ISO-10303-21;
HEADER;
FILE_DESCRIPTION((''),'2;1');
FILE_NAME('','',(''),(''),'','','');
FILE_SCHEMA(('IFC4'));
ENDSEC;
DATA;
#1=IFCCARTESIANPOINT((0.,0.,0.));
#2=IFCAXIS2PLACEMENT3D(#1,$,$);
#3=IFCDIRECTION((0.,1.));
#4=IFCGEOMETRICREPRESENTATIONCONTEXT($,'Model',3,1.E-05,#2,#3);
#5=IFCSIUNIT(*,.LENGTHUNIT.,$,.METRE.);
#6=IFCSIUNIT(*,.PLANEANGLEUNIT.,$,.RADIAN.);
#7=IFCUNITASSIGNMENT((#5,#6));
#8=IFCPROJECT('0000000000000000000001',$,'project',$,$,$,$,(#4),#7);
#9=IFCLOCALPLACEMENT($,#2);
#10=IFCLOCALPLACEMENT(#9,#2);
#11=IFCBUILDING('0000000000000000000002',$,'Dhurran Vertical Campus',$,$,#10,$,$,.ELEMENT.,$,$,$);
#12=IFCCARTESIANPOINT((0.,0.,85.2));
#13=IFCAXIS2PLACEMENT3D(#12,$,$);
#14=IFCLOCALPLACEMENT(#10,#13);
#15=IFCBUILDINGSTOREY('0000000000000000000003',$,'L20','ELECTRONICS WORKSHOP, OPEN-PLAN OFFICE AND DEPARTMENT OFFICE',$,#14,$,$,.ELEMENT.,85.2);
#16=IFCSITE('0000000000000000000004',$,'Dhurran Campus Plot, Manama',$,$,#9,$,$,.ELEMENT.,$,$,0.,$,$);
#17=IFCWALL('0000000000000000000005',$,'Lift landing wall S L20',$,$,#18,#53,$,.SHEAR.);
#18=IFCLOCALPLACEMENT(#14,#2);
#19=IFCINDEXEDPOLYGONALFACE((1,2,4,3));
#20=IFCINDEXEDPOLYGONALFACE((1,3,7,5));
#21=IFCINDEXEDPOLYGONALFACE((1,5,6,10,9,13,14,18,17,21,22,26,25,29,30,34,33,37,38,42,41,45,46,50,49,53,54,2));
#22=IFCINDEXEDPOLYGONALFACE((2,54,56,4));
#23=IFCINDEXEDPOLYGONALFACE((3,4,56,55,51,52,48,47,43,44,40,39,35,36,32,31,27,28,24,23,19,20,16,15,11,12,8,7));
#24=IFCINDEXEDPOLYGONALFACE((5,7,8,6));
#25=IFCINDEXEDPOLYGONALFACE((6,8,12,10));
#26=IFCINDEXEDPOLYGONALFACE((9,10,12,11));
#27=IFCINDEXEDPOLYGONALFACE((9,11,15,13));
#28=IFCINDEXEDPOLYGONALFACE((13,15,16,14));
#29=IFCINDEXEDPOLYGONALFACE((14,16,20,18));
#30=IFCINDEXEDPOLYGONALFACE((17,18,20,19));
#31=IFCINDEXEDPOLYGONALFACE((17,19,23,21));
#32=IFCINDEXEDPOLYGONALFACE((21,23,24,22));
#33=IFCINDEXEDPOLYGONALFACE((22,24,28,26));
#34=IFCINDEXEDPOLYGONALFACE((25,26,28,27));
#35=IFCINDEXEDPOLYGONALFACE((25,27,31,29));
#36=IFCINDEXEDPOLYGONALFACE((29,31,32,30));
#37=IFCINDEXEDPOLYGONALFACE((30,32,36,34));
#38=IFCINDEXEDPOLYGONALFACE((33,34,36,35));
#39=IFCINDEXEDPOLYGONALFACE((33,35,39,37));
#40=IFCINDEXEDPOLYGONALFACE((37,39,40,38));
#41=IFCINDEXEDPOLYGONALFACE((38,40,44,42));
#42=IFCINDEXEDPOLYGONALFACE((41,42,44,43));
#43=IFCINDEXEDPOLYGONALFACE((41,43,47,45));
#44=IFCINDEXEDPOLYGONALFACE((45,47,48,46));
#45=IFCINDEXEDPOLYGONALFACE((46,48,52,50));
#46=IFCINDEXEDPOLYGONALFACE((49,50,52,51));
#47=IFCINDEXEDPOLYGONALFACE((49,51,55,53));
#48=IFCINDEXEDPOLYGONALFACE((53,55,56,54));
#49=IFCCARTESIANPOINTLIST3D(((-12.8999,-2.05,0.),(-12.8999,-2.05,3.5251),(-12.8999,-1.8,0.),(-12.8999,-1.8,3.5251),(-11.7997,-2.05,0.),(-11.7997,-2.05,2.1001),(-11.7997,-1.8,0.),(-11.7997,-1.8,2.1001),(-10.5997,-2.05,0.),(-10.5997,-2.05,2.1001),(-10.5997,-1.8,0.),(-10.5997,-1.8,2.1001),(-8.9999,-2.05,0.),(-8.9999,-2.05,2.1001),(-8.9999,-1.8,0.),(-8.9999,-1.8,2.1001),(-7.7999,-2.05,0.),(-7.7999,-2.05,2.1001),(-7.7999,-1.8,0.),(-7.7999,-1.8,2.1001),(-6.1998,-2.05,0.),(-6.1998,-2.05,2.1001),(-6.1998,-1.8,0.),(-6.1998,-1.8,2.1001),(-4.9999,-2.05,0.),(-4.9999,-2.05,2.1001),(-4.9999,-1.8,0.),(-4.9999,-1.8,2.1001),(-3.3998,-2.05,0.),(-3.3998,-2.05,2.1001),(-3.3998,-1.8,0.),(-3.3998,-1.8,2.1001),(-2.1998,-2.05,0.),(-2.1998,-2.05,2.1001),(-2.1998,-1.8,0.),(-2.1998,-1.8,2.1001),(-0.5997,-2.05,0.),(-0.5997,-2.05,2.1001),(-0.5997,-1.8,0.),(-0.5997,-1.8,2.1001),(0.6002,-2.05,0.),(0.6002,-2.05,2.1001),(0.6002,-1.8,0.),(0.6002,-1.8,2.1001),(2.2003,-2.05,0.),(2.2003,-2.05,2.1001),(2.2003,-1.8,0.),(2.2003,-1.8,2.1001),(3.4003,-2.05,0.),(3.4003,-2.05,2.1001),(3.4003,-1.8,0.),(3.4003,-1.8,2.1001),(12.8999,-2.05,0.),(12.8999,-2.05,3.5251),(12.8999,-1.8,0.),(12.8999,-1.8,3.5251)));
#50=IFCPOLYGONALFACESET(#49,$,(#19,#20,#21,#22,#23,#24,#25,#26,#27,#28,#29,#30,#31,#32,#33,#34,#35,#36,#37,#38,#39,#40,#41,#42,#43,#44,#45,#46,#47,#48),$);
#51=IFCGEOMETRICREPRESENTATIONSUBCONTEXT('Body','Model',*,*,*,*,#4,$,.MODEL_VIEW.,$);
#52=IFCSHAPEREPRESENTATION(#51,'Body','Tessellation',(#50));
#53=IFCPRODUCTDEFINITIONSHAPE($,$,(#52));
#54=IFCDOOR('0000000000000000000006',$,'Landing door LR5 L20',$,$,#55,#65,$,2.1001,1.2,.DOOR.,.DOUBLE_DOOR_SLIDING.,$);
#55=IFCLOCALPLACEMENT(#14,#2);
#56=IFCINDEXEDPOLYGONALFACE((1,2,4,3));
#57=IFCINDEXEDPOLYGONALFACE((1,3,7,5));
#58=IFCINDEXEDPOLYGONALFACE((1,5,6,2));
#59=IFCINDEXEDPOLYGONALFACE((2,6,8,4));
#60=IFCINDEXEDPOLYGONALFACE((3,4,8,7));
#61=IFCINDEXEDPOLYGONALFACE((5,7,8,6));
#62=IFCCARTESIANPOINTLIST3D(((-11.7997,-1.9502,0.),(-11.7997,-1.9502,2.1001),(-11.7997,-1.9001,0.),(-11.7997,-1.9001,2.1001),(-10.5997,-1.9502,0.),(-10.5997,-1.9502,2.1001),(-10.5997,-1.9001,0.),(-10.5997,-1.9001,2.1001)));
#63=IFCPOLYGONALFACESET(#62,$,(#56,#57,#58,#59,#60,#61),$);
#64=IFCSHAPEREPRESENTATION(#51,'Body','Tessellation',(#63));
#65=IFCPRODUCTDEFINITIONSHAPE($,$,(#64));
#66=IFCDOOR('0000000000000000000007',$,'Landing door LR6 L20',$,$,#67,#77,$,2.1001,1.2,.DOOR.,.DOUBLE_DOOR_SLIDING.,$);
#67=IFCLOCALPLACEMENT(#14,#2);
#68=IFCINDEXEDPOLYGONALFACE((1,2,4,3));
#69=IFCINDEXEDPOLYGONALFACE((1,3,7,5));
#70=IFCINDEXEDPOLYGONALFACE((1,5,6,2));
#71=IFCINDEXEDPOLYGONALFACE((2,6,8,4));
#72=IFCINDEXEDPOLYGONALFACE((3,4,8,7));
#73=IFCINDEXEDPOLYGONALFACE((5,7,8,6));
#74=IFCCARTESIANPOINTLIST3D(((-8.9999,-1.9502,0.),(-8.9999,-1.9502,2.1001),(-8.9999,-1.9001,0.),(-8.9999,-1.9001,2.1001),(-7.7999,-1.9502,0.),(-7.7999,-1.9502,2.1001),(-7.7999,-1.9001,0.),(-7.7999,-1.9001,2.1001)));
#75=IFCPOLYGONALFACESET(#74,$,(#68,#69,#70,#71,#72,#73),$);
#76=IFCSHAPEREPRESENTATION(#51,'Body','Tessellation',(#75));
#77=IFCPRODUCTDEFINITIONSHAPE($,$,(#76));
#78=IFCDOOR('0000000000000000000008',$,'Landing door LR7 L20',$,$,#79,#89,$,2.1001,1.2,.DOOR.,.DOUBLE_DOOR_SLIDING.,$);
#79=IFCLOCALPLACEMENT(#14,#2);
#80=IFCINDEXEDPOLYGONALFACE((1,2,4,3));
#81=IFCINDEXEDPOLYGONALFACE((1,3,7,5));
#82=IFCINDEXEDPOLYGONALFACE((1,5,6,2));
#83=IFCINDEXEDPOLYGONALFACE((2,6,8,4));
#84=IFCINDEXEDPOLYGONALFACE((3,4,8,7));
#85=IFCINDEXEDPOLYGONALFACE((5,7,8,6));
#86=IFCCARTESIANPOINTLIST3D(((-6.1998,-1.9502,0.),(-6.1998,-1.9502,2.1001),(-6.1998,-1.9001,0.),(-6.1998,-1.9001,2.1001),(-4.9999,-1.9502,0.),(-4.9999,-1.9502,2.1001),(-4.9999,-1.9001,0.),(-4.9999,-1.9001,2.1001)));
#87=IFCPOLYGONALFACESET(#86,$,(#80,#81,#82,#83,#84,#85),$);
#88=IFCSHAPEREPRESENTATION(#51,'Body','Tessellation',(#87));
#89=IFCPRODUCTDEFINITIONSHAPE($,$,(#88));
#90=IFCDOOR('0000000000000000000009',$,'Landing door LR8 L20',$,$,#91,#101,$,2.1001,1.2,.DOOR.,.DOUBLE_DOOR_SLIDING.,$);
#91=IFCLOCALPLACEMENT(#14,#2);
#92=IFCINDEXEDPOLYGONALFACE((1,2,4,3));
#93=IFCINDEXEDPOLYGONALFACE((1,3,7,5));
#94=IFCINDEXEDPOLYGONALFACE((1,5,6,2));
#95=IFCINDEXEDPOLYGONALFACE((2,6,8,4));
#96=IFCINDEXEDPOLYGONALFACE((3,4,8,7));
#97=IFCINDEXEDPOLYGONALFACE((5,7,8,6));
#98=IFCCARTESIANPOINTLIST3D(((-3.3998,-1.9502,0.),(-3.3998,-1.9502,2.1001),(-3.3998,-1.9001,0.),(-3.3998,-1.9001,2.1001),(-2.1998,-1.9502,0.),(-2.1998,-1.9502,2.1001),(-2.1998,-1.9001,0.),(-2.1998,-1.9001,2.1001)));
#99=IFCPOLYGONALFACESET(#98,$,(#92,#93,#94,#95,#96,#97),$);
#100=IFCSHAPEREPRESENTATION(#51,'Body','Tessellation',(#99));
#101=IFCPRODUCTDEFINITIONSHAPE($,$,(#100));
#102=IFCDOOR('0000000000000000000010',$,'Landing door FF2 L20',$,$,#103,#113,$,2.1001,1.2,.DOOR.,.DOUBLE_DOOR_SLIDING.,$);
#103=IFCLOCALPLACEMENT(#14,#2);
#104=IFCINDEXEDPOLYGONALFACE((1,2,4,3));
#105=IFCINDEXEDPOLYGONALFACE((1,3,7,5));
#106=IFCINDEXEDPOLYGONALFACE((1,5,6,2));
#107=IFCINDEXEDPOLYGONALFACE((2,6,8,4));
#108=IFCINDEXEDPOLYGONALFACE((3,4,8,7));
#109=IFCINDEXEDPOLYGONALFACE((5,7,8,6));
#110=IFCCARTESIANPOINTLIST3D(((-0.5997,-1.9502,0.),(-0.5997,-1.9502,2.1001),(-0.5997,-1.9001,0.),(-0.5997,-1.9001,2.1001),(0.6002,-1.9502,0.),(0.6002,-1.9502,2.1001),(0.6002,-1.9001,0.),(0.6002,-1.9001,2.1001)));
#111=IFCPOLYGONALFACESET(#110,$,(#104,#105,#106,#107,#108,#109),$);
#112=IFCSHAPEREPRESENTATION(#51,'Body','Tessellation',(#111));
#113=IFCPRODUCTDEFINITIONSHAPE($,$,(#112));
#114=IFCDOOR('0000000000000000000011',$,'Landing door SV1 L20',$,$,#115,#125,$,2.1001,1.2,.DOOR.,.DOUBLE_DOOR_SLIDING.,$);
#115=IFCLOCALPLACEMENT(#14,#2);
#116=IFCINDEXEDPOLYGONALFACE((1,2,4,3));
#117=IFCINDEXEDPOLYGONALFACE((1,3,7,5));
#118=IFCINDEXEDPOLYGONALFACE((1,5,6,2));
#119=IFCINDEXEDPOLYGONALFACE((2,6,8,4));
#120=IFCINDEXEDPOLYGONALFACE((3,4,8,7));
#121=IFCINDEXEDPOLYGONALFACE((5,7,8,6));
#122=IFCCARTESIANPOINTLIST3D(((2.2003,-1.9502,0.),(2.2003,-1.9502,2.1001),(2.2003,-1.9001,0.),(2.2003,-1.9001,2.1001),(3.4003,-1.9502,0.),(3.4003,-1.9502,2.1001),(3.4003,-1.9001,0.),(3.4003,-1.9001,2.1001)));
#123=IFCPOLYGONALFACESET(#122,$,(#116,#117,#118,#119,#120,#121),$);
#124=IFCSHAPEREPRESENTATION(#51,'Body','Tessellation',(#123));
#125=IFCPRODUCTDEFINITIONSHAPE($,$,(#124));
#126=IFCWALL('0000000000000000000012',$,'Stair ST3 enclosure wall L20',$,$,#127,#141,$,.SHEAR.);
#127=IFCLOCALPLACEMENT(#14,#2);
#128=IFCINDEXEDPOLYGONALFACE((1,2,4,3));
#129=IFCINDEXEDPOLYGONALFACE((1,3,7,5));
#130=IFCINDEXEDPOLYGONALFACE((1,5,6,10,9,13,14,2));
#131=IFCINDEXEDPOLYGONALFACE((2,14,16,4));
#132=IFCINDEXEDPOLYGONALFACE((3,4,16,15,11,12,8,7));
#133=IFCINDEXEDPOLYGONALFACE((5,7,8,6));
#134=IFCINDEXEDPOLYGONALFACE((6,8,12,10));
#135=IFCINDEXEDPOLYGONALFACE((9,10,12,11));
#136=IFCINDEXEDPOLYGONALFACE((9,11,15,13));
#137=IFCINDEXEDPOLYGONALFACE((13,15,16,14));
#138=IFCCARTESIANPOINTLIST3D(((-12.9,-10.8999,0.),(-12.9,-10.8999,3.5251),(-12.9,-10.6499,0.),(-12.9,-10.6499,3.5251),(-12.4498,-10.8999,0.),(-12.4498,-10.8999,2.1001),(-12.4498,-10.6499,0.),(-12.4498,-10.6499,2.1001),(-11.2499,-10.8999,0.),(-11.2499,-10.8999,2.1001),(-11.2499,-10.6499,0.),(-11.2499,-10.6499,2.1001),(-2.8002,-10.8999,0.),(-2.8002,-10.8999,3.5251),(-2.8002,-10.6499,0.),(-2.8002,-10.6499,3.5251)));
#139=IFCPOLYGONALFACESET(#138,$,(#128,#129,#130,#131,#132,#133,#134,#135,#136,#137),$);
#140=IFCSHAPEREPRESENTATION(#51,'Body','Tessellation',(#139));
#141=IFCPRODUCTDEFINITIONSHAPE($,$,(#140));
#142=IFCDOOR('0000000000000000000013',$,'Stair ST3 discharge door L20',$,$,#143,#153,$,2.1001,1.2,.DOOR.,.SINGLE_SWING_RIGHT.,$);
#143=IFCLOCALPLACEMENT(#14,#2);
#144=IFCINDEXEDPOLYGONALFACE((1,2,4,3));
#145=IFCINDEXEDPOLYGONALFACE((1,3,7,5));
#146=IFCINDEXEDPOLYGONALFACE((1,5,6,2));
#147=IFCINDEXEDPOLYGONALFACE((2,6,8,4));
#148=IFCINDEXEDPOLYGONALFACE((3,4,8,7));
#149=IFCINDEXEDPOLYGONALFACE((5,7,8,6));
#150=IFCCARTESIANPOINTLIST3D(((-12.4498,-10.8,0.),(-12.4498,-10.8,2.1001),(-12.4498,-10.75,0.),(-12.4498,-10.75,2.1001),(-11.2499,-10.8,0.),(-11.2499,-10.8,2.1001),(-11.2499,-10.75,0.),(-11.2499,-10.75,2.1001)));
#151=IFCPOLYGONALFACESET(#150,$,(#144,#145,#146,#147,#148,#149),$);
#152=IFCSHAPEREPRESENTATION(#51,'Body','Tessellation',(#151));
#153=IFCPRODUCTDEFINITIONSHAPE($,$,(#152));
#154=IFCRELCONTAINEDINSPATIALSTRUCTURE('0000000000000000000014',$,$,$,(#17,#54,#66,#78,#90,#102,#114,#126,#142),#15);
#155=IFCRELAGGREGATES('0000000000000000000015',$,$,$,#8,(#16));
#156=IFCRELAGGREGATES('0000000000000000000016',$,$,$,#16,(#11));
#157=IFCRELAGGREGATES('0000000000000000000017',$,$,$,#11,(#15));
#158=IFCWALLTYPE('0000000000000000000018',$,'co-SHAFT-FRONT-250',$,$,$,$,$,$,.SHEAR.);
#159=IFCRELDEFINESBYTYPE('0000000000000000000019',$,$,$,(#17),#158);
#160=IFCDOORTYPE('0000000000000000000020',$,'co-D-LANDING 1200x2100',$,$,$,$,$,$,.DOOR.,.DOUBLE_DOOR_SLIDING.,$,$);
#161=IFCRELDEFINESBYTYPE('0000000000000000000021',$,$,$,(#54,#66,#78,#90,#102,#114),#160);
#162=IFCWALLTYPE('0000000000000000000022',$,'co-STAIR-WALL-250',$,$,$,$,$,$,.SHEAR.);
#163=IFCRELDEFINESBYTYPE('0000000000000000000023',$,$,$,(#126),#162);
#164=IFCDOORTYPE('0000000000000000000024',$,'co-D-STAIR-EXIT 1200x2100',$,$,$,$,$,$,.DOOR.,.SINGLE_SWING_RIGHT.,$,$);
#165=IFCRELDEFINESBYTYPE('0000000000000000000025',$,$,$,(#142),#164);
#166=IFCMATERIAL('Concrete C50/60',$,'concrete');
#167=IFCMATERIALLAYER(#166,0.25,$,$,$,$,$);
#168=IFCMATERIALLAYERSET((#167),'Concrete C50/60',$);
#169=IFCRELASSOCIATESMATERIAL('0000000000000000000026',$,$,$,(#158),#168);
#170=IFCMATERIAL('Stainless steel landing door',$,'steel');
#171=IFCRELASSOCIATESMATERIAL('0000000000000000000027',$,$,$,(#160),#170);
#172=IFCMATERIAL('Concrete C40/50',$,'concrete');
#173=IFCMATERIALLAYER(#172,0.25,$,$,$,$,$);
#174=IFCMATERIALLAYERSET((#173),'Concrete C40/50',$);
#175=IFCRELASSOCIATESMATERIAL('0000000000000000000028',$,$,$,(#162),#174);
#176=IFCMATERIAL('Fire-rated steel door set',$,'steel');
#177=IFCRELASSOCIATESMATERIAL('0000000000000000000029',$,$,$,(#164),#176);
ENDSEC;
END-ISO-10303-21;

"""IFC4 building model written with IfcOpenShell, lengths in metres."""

from ifc_helpers import new_model, si_unit, direction, frame, frame_2d, origin, place, context, subcontext, project, spatial, rectangle, extrude, material, layer, layer_set, type_object, element, fill, save


model = new_model("IFC4")

# Units and contexts
model_context = context("Model", 3, precision=1e-05, world=origin(), true_north=direction((0.0, 1.0)))
body_context = subcontext(model_context, "Body", "Model", "MODEL_VIEW")
ifc_project = project(units=[si_unit("LENGTHUNIT", "METRE"), si_unit("PLANEANGLEUNIT", "RADIAN")], contexts=[model_context])

# Site, building, storey
site_placement = place(None, origin())
site = spatial("IfcSite", under=ifc_project, at=site_placement, Name="Dhurran Campus Plot, Manama", CompositionType="ELEMENT", RefElevation=0.0)
building_placement = place(site_placement, origin())
building = spatial("IfcBuilding", under=site, at=building_placement, Name="Dhurran Vertical Campus", CompositionType="ELEMENT")
storey_placement = place(building_placement, frame((0.0, 0.0, 85.2)))
storey = spatial("IfcBuildingStorey", under=building, at=storey_placement, Name="L20", Description="ELECTRONICS WORKSHOP, OPEN-PLAN OFFICE AND DEPARTMENT OFFICE", CompositionType="ELEMENT", Elevation=85.2)

# Wall, openings, doors
ifc_material_1 = material(Name="Concrete C50/60", Category="concrete")
ifc_layer_1 = layer(ifc_material_1, 0.25)
ifc_layer_set_1 = layer_set([ifc_layer_1], Name="Concrete C50/60")
wall_type_1 = type_object("IfcWallType", Name="co-SHAFT-FRONT-250", PredefinedType="SHEAR", material=ifc_layer_set_1)
wall_1_placement = place(storey_placement, frame((-12.8999, -1.925, 0.0), z_axis=(0.0, 0.0, 1.0), x_axis=(1.0, 0.0, 0.0)))
wall_1 = element("IfcWall", 1, at=wall_1_placement, inside=storey, type_object=wall_type_1, Name="Lift landing wall S L20", PredefinedType="SHEAR", context=body_context, shape_type="SweptSolid", body=[
    extrude(rectangle(XDim=25.7998, YDim=0.25, at=frame_2d((12.8999, 0.0))), origin(), (0.0, 0.0, 1.0), 3.5251),
])
opening_1_placement = place(wall_1_placement, frame((1.1001, 0.0, 0.0)))
opening_1 = element("IfcOpeningElement", 2, at=opening_1_placement, cuts=wall_1, PredefinedType="OPENING", context=body_context, shape_type="SweptSolid", body=[
    extrude(rectangle(XDim=1.2, YDim=2.1001, at=frame_2d((0.6001, 1.05))), frame((0.0, 0.135, 0.0), z_axis=(0.0, -1.0, 0.0), x_axis=(1.0, 0.0, 0.0)), (0.0, 0.0, 1.0), 0.27),
])
opening_2_placement = place(wall_1_placement, frame((3.8999, 0.0, 0.0)))
opening_2 = element("IfcOpeningElement", 3, at=opening_2_placement, cuts=wall_1, PredefinedType="OPENING", context=body_context, shape_type="SweptSolid", body=[
    extrude(rectangle(XDim=1.2, YDim=2.1001, at=frame_2d((0.6001, 1.05))), frame((0.0, 0.135, 0.0), z_axis=(0.0, -1.0, 0.0), x_axis=(1.0, 0.0, 0.0)), (0.0, 0.0, 1.0), 0.27),
])
opening_3_placement = place(wall_1_placement, frame((6.7, 0.0, 0.0)))
opening_3 = element("IfcOpeningElement", 4, at=opening_3_placement, cuts=wall_1, PredefinedType="OPENING", context=body_context, shape_type="SweptSolid", body=[
    extrude(rectangle(XDim=1.2, YDim=2.1001, at=frame_2d((0.6001, 1.05))), frame((0.0, 0.135, 0.0), z_axis=(0.0, -1.0, 0.0), x_axis=(1.0, 0.0, 0.0)), (0.0, 0.0, 1.0), 0.27),
])
opening_4_placement = place(wall_1_placement, frame((9.5, 0.0, 0.0)))
opening_4 = element("IfcOpeningElement", 5, at=opening_4_placement, cuts=wall_1, PredefinedType="OPENING", context=body_context, shape_type="SweptSolid", body=[
    extrude(rectangle(XDim=1.2, YDim=2.1001, at=frame_2d((0.6001, 1.05))), frame((0.0, 0.135, 0.0), z_axis=(0.0, -1.0, 0.0), x_axis=(1.0, 0.0, 0.0)), (0.0, 0.0, 1.0), 0.27),
])
opening_5_placement = place(wall_1_placement, frame((12.3, 0.0, 0.0)))
opening_5 = element("IfcOpeningElement", 6, at=opening_5_placement, cuts=wall_1, PredefinedType="OPENING", context=body_context, shape_type="SweptSolid", body=[
    extrude(rectangle(XDim=1.2, YDim=2.1001, at=frame_2d((0.6001, 1.05))), frame((0.0, 0.135, 0.0), z_axis=(0.0, -1.0, 0.0), x_axis=(1.0, 0.0, 0.0)), (0.0, 0.0, 1.0), 0.27),
])
opening_6_placement = place(wall_1_placement, frame((15.1001, 0.0, 0.0)))
opening_6 = element("IfcOpeningElement", 7, at=opening_6_placement, cuts=wall_1, PredefinedType="OPENING", context=body_context, shape_type="SweptSolid", body=[
    extrude(rectangle(XDim=1.2, YDim=2.1001, at=frame_2d((0.6001, 1.05))), frame((0.0, 0.135, 0.0), z_axis=(0.0, -1.0, 0.0), x_axis=(1.0, 0.0, 0.0)), (0.0, 0.0, 1.0), 0.27),
])
ifc_material_2 = material(Name="Stainless steel landing door", Category="steel")
door_type_1 = type_object("IfcDoorType", Name="co-D-LANDING 1200x2100", OperationType="DOUBLE_DOOR_SLIDING", PredefinedType="DOOR", material=ifc_material_2)
door_1_placement = place(opening_1_placement, origin())
door_1 = element("IfcDoor", 8, at=door_1_placement, inside=storey, type_object=door_type_1, Name="Landing door LR5 L20", OperationType="DOUBLE_DOOR_SLIDING", OverallHeight=2.1001, OverallWidth=1.2, PredefinedType="DOOR", context=body_context, shape_type="SweptSolid", body=[
    extrude(rectangle(XDim=1.2, YDim=2.1001, at=frame_2d((0.6001, 1.05))), frame((0.0, 0.0249, 0.0), z_axis=(0.0, -1.0, 0.0), x_axis=(1.0, 0.0, 0.0)), (0.0, 0.0, 1.0), 0.05),
])
fill(opening_1, door_1)
door_2_placement = place(opening_2_placement, origin())
door_2 = element("IfcDoor", 9, at=door_2_placement, inside=storey, type_object=door_type_1, Name="Landing door LR6 L20", OperationType="DOUBLE_DOOR_SLIDING", OverallHeight=2.1001, OverallWidth=1.2, PredefinedType="DOOR", context=body_context, shape_type="SweptSolid", body=[
    extrude(rectangle(XDim=1.2, YDim=2.1001, at=frame_2d((0.6001, 1.05))), frame((0.0, 0.0249, 0.0), z_axis=(0.0, -1.0, 0.0), x_axis=(1.0, 0.0, 0.0)), (0.0, 0.0, 1.0), 0.05),
])
fill(opening_2, door_2)
door_3_placement = place(opening_3_placement, origin())
door_3 = element("IfcDoor", 10, at=door_3_placement, inside=storey, type_object=door_type_1, Name="Landing door LR7 L20", OperationType="DOUBLE_DOOR_SLIDING", OverallHeight=2.1001, OverallWidth=1.2, PredefinedType="DOOR", context=body_context, shape_type="SweptSolid", body=[
    extrude(rectangle(XDim=1.2, YDim=2.1001, at=frame_2d((0.6001, 1.05))), frame((0.0, 0.0249, 0.0), z_axis=(0.0, -1.0, 0.0), x_axis=(1.0, 0.0, 0.0)), (0.0, 0.0, 1.0), 0.05),
])
fill(opening_3, door_3)
door_4_placement = place(opening_4_placement, origin())
door_4 = element("IfcDoor", 11, at=door_4_placement, inside=storey, type_object=door_type_1, Name="Landing door LR8 L20", OperationType="DOUBLE_DOOR_SLIDING", OverallHeight=2.1001, OverallWidth=1.2, PredefinedType="DOOR", context=body_context, shape_type="SweptSolid", body=[
    extrude(rectangle(XDim=1.2, YDim=2.1001, at=frame_2d((0.6001, 1.05))), frame((0.0, 0.0249, 0.0), z_axis=(0.0, -1.0, 0.0), x_axis=(1.0, 0.0, 0.0)), (0.0, 0.0, 1.0), 0.05),
])
fill(opening_4, door_4)
door_5_placement = place(opening_5_placement, origin())
door_5 = element("IfcDoor", 12, at=door_5_placement, inside=storey, type_object=door_type_1, Name="Landing door FF2 L20", OperationType="DOUBLE_DOOR_SLIDING", OverallHeight=2.1001, OverallWidth=1.2, PredefinedType="DOOR", context=body_context, shape_type="SweptSolid", body=[
    extrude(rectangle(XDim=1.2, YDim=2.1001, at=frame_2d((0.6001, 1.05))), frame((0.0, 0.0249, 0.0), z_axis=(0.0, -1.0, 0.0), x_axis=(1.0, 0.0, 0.0)), (0.0, 0.0, 1.0), 0.05),
])
fill(opening_5, door_5)
door_6_placement = place(opening_6_placement, origin())
door_6 = element("IfcDoor", 13, at=door_6_placement, inside=storey, type_object=door_type_1, Name="Landing door SV1 L20", OperationType="DOUBLE_DOOR_SLIDING", OverallHeight=2.1001, OverallWidth=1.2, PredefinedType="DOOR", context=body_context, shape_type="SweptSolid", body=[
    extrude(rectangle(XDim=1.2, YDim=2.1001, at=frame_2d((0.6001, 1.05))), frame((0.0, 0.0249, 0.0), z_axis=(0.0, -1.0, 0.0), x_axis=(1.0, 0.0, 0.0)), (0.0, 0.0, 1.0), 0.05),
])
fill(opening_6, door_6)

# Wall, opening, door
ifc_material_3 = material(Name="Concrete C40/50", Category="concrete")
ifc_layer_2 = layer(ifc_material_3, 0.25)
ifc_layer_set_2 = layer_set([ifc_layer_2], Name="Concrete C40/50")
wall_type_2 = type_object("IfcWallType", Name="co-STAIR-WALL-250", PredefinedType="SHEAR", material=ifc_layer_set_2)
wall_2_placement = place(storey_placement, frame((-12.8999, -10.7749, 0.0), z_axis=(0.0, 0.0, 1.0), x_axis=(1.0, 0.0, 0.0)))
wall_2 = element("IfcWall", 14, at=wall_2_placement, inside=storey, type_object=wall_type_2, Name="Stair ST3 enclosure wall L20", PredefinedType="SHEAR", context=body_context, shape_type="SweptSolid", body=[
    extrude(rectangle(XDim=10.0999, YDim=0.25, at=frame_2d((5.0498, 0.0))), origin(), (0.0, 0.0, 1.0), 3.5251),
])
opening_7_placement = place(wall_2_placement, frame((0.45, 0.0, 0.0)))
opening_7 = element("IfcOpeningElement", 15, at=opening_7_placement, cuts=wall_2, PredefinedType="OPENING", context=body_context, shape_type="SweptSolid", body=[
    extrude(rectangle(XDim=1.2, YDim=2.1001, at=frame_2d((0.6001, 1.05))), frame((0.0, 0.135, 0.0), z_axis=(0.0, -1.0, 0.0), x_axis=(1.0, 0.0, 0.0)), (0.0, 0.0, 1.0), 0.27),
])
ifc_material_4 = material(Name="Fire-rated steel door set", Category="steel")
door_type_2 = type_object("IfcDoorType", Name="co-D-STAIR-EXIT 1200x2100", OperationType="SINGLE_SWING_RIGHT", PredefinedType="DOOR", material=ifc_material_4)
door_7_placement = place(opening_7_placement, origin())
door_7 = element("IfcDoor", 16, at=door_7_placement, inside=storey, type_object=door_type_2, Name="Stair ST3 discharge door L20", OperationType="SINGLE_SWING_RIGHT", OverallHeight=2.1001, OverallWidth=1.2, PredefinedType="DOOR", context=body_context, shape_type="SweptSolid", body=[
    extrude(rectangle(XDim=1.2, YDim=2.1001, at=frame_2d((0.6001, 1.05))), frame((0.0, 0.0249, 0.0), z_axis=(0.0, -1.0, 0.0), x_axis=(1.0, 0.0, 0.0)), (0.0, 0.0, 1.0), 0.05),
])
fill(opening_7, door_7)

save(model, "model.ifc")
